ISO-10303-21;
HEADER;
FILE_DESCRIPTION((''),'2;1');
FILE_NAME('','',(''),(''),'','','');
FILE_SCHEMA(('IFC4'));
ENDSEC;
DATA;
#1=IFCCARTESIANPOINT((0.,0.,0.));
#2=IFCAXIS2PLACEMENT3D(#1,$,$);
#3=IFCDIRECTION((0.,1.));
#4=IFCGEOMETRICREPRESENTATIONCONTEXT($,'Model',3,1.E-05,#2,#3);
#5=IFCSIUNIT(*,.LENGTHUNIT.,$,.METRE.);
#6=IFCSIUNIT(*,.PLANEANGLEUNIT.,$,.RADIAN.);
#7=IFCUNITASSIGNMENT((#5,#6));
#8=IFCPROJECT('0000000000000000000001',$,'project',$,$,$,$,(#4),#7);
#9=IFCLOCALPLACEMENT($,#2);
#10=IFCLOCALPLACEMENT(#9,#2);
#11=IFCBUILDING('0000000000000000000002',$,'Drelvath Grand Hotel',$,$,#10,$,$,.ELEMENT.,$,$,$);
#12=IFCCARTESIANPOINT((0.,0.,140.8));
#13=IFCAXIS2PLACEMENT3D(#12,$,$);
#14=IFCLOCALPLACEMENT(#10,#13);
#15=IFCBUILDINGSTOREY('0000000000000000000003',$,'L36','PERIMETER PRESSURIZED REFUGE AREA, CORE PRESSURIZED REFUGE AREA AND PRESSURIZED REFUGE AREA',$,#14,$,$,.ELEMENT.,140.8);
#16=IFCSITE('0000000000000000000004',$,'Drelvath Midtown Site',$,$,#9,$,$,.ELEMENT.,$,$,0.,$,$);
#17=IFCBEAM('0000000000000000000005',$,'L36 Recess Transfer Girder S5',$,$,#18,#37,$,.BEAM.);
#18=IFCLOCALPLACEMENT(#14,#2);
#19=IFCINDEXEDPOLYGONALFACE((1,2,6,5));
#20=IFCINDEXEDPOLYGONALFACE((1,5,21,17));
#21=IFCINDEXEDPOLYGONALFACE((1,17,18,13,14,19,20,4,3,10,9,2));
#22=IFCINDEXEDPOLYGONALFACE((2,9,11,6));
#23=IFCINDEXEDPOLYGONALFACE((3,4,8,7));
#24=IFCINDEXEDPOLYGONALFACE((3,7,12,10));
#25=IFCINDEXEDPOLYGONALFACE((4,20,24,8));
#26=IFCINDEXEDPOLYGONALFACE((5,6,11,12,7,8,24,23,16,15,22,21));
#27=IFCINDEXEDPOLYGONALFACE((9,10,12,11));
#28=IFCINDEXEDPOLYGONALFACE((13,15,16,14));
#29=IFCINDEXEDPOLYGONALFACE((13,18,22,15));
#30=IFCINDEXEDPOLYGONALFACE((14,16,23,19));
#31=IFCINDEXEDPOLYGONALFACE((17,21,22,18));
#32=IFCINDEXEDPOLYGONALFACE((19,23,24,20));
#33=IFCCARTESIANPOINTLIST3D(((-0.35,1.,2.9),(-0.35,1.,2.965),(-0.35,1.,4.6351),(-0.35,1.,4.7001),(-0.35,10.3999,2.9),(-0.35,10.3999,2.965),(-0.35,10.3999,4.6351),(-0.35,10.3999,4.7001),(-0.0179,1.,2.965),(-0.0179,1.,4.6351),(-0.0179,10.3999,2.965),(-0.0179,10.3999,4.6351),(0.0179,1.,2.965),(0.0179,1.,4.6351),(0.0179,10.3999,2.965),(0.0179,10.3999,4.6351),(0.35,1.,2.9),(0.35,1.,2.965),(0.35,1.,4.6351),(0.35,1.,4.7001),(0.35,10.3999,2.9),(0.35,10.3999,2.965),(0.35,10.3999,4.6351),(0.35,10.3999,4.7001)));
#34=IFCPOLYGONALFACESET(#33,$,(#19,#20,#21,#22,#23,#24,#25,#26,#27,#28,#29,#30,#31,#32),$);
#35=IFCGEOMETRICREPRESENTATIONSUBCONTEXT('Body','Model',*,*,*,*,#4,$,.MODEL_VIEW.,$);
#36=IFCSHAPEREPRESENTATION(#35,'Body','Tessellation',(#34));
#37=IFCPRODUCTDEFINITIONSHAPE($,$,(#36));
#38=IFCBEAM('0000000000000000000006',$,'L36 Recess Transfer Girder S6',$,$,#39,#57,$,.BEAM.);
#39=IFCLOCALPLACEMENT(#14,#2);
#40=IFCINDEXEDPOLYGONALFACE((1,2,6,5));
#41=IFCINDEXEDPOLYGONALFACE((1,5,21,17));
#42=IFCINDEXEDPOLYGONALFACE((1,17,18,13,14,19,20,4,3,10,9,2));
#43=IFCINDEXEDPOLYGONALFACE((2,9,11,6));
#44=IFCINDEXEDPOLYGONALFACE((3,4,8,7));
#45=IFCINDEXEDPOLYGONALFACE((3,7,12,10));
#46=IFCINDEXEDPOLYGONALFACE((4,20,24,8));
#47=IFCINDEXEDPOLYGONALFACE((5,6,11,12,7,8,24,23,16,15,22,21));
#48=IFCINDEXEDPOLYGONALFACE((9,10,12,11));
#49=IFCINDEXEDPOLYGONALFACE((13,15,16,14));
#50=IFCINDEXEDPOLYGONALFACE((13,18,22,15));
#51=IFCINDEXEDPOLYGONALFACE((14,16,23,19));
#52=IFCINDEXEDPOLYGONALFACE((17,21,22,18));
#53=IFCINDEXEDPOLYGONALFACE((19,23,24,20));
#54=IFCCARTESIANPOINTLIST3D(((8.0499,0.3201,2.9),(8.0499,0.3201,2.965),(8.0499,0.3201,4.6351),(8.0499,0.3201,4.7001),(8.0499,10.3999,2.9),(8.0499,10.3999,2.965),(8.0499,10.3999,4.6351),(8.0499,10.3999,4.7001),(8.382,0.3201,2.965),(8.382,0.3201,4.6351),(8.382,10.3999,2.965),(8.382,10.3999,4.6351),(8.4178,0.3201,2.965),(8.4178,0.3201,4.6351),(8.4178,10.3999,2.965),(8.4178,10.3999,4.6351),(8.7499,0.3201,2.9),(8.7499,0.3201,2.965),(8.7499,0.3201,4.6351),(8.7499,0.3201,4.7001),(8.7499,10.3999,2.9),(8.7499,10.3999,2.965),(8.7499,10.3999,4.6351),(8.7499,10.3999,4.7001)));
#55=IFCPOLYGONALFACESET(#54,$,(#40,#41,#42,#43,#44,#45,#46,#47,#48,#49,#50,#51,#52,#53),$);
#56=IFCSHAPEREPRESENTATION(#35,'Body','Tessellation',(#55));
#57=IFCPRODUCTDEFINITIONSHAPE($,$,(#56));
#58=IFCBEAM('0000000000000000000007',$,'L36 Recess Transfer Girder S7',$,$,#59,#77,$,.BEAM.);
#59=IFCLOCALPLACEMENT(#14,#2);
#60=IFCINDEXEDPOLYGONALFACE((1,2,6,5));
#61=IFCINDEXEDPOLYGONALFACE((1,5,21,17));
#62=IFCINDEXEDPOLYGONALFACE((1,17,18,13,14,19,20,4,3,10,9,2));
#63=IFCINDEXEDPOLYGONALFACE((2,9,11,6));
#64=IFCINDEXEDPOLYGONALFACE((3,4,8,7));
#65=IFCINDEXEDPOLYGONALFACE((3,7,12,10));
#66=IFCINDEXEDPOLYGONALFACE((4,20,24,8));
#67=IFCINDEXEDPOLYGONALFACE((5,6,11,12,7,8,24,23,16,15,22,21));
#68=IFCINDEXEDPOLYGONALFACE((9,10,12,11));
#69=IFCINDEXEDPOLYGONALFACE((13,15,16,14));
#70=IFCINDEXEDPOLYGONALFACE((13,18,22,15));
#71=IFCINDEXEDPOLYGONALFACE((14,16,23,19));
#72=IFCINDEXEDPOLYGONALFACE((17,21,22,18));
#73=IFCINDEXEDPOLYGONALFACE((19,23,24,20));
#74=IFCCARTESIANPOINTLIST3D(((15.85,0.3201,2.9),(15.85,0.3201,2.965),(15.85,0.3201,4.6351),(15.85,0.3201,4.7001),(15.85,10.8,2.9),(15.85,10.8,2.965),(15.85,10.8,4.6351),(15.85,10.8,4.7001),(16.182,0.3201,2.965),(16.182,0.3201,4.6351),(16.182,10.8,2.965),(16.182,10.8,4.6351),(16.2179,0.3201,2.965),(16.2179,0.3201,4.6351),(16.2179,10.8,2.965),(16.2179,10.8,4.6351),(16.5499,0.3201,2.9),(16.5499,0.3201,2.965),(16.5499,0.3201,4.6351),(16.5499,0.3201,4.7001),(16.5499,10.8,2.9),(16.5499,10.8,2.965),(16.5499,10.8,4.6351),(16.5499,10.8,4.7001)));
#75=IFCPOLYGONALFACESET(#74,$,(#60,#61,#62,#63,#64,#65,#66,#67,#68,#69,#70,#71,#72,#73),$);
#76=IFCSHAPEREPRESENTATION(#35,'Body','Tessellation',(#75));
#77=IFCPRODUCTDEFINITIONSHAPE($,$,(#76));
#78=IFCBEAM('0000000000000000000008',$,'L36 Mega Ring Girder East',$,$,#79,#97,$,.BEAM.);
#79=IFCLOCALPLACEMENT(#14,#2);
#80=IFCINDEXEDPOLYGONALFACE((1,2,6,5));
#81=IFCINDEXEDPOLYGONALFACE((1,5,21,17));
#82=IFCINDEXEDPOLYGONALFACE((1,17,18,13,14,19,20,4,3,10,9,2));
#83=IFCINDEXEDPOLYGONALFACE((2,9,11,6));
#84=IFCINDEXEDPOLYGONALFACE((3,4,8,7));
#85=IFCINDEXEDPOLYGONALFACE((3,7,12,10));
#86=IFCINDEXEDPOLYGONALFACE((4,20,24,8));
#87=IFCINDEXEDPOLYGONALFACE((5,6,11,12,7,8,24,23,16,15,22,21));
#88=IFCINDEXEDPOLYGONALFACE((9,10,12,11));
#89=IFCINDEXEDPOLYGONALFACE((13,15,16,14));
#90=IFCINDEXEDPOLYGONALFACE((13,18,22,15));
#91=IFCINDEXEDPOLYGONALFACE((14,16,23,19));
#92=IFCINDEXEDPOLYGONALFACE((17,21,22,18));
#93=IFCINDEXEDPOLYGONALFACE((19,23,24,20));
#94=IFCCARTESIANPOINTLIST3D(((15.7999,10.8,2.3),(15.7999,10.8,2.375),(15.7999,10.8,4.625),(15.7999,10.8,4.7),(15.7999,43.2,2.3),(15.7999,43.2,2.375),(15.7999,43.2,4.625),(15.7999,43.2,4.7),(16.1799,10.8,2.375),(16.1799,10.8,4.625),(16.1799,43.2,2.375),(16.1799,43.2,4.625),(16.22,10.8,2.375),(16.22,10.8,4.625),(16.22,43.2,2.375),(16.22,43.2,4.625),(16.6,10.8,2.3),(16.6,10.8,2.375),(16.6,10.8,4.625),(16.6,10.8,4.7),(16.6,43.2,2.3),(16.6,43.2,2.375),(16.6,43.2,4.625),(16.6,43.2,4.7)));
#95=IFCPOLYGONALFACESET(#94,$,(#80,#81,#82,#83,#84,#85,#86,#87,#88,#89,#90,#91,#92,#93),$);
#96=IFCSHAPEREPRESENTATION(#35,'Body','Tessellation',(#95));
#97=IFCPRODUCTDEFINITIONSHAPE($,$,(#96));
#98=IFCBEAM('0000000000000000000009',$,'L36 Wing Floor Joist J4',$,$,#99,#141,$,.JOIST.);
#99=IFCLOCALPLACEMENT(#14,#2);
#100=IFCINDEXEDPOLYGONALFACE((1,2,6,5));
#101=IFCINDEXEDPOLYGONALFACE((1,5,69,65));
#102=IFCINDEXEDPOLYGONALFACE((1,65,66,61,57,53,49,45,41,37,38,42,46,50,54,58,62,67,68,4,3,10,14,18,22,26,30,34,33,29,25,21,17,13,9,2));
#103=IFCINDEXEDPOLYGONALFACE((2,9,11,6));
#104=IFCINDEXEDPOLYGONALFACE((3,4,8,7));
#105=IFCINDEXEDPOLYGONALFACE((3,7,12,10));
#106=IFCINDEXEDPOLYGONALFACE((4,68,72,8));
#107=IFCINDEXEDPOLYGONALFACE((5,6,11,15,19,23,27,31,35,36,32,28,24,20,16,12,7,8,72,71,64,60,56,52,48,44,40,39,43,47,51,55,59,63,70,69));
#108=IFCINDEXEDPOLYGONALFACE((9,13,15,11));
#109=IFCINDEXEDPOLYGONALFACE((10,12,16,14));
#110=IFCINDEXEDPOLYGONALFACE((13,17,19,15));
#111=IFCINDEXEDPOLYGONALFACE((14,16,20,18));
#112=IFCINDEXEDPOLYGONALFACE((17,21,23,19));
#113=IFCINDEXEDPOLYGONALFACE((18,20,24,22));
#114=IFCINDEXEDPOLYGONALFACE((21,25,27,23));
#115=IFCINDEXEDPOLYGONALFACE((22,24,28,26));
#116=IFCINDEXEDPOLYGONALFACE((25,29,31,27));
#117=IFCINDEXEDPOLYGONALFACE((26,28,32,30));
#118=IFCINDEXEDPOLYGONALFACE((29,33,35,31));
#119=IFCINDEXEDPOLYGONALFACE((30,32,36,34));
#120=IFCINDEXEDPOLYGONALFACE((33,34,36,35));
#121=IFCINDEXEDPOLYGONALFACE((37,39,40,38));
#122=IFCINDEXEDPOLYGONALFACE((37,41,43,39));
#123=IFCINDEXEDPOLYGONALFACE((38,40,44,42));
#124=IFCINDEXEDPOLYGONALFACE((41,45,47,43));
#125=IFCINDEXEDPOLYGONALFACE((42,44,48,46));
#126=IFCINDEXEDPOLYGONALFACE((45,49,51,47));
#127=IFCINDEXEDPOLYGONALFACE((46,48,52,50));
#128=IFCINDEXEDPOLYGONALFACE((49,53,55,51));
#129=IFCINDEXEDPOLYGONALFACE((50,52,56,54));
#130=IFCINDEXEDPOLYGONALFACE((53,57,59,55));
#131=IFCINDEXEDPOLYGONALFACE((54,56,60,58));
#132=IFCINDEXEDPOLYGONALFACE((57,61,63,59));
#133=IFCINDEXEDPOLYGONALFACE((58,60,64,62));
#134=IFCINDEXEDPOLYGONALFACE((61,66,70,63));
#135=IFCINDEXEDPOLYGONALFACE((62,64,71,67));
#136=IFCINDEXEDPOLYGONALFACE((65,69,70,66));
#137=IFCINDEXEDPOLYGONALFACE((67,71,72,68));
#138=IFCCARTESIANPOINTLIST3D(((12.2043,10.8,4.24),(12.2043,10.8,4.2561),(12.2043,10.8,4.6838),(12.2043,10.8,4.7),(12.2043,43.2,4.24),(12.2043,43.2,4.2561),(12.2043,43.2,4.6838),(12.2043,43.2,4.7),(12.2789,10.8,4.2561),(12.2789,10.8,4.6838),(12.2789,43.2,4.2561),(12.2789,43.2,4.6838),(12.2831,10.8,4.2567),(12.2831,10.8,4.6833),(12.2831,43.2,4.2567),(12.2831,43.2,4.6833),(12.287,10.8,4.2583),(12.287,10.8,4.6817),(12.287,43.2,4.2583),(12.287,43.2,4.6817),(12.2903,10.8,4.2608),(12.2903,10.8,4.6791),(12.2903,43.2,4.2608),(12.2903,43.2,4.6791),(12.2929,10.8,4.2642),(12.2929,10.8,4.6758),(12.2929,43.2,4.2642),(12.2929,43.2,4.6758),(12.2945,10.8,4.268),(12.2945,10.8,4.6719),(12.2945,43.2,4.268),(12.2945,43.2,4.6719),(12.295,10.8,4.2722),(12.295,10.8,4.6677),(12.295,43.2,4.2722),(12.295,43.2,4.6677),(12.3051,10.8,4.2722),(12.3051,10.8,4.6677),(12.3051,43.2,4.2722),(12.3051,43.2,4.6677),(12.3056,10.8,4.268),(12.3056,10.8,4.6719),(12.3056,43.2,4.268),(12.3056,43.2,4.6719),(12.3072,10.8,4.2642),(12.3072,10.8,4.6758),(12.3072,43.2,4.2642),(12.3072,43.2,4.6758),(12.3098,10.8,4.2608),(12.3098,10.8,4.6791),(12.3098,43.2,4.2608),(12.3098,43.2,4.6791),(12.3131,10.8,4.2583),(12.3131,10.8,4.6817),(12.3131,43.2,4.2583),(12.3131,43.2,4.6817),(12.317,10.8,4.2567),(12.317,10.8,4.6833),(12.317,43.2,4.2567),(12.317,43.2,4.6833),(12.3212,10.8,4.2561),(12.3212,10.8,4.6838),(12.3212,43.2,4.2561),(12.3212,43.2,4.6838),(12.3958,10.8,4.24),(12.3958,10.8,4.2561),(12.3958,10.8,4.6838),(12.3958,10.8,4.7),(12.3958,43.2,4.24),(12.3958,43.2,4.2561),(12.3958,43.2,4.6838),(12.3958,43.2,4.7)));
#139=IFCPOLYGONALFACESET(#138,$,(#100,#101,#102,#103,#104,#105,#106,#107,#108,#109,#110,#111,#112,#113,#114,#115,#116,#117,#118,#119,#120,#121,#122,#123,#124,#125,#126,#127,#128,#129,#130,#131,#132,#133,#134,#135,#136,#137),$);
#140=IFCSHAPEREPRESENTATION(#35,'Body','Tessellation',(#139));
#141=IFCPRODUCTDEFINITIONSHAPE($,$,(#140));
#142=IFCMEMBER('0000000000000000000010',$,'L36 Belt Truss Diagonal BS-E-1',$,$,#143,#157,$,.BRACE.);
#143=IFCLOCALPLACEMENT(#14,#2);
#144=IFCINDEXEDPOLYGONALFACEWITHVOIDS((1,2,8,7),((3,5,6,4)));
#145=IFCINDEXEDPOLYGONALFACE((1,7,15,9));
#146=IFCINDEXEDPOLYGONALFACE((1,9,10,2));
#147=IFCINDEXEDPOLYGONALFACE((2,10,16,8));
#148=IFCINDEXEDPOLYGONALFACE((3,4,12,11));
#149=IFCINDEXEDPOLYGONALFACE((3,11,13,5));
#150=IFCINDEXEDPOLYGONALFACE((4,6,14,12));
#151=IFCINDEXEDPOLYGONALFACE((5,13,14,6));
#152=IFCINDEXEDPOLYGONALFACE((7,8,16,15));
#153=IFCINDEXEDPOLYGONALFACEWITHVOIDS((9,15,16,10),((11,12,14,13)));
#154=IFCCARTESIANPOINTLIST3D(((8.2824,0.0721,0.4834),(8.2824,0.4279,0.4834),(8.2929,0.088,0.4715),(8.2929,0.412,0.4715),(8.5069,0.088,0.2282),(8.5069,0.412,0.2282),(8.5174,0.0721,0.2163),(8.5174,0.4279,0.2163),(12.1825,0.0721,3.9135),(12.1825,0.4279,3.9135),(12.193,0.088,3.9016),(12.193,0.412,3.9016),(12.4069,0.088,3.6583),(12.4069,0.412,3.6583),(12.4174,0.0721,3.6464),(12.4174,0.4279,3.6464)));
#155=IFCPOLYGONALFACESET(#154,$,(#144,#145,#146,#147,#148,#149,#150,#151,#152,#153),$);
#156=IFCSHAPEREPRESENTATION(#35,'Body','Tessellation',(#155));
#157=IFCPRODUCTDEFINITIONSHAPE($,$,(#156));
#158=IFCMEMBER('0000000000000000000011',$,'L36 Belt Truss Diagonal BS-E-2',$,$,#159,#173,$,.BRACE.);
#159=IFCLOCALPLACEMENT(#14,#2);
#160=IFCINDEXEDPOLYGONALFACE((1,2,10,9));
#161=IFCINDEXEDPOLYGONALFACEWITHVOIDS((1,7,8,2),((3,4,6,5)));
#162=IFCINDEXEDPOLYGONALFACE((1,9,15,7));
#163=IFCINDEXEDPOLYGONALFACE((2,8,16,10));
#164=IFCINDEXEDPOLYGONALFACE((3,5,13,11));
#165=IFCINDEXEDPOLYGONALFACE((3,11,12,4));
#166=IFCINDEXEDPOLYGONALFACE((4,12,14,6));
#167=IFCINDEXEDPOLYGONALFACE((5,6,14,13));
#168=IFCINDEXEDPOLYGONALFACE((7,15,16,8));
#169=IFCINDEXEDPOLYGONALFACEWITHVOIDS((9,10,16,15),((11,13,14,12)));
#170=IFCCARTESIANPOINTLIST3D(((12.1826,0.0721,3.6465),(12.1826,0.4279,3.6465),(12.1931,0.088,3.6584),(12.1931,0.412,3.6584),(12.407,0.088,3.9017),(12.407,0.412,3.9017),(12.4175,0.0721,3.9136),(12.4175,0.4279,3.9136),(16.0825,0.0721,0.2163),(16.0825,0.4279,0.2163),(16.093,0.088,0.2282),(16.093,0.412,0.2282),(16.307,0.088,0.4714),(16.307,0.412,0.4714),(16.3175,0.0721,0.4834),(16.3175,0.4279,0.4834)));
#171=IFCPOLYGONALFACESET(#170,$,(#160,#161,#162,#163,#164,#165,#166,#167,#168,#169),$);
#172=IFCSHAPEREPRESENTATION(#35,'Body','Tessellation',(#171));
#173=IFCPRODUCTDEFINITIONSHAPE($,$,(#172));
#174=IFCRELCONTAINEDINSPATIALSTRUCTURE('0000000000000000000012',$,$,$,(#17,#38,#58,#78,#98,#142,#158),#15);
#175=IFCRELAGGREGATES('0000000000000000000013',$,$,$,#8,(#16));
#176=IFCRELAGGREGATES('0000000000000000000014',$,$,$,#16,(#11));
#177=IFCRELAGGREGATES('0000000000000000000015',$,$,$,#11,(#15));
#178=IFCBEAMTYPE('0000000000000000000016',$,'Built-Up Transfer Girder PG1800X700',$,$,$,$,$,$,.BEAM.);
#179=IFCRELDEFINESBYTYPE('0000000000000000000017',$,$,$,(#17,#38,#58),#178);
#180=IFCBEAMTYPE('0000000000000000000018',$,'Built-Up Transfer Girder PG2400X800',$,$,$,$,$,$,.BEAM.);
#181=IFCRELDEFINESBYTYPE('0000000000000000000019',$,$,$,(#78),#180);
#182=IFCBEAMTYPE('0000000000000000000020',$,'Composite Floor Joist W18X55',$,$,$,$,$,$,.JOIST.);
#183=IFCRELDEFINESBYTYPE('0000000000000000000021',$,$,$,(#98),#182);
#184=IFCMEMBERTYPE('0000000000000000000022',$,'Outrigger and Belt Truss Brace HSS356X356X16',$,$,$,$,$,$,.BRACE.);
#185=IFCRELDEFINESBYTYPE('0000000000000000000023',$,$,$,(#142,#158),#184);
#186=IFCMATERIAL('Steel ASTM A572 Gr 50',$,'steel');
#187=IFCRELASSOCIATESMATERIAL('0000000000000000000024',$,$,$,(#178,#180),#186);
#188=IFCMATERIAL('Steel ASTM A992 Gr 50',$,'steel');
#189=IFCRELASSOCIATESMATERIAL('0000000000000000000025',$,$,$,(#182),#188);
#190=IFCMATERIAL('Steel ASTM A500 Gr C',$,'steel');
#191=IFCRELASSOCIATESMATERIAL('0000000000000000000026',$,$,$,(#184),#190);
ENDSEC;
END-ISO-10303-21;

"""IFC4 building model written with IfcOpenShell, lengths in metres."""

from ifc_helpers import new_model, si_unit, direction, frame, origin, origin_2d, place, context, subcontext, project, spatial, hollow_rectangle, i_section, extrude, material, material_profile, profile_set, type_object, element, save


model = new_model("IFC4")

# Units and contexts
model_context = context("Model", 3, precision=1e-05, world=origin(), true_north=direction((0.0, 1.0)))
body_context = subcontext(model_context, "Body", "Model", "MODEL_VIEW")
ifc_project = project(units=[si_unit("LENGTHUNIT", "METRE"), si_unit("PLANEANGLEUNIT", "RADIAN")], contexts=[model_context])

# Site, building, storey
site_placement = place(None, origin())
site = spatial("IfcSite", under=ifc_project, at=site_placement, Name="Drelvath Midtown Site", CompositionType="ELEMENT", RefElevation=0.0)
building_placement = place(site_placement, origin())
building = spatial("IfcBuilding", under=site, at=building_placement, Name="Drelvath Grand Hotel", CompositionType="ELEMENT")
storey_placement = place(building_placement, frame((0.0, 0.0, 140.8)))
storey = spatial("IfcBuildingStorey", under=building, at=storey_placement, Name="L36", Description="PERIMETER PRESSURIZED REFUGE AREA, CORE PRESSURIZED REFUGE AREA AND PRESSURIZED REFUGE AREA", CompositionType="ELEMENT", Elevation=140.8)

# Beams
ifc_material_1 = material(Name="Steel ASTM A572 Gr 50", Category="steel")
ifc_material_profile_1 = material_profile(ifc_material_1, i_section(OverallWidth=0.7, OverallDepth=1.8, WebThickness=0.0359, FlangeThickness=0.0649, at=origin_2d()), Name="PG1800X700")
ifc_profile_set_1 = profile_set([ifc_material_profile_1], Name="Steel ASTM A572 Gr 50")
beam_type_1 = type_object("IfcBeamType", Name="Built-Up Transfer Girder PG1800X700", PredefinedType="BEAM", material=ifc_profile_set_1)
beam_1_placement = place(storey_placement, frame((0.0, 1.0, 3.8), z_axis=(0.0, 1.0, 0.0), x_axis=(-1.0, 0.0, 0.0)))
element("IfcBeam", 1, at=beam_1_placement, inside=storey, type_object=beam_type_1, Name="L36 Recess Transfer Girder S5", PredefinedType="BEAM", context=body_context, shape_type="SweptSolid", body=[
    extrude(i_section(OverallWidth=0.7, OverallDepth=1.8, WebThickness=0.0359, FlangeThickness=0.0649, at=origin_2d()), origin(), (0.0, 0.0, 1.0), 9.3999),
])
beam_2_placement = place(storey_placement, frame((8.3999, 0.3201, 3.8), z_axis=(0.0, 1.0, 0.0), x_axis=(-1.0, 0.0, 0.0)))
element("IfcBeam", 2, at=beam_2_placement, inside=storey, type_object=beam_type_1, Name="L36 Recess Transfer Girder S6", PredefinedType="BEAM", context=body_context, shape_type="SweptSolid", body=[
    extrude(i_section(OverallWidth=0.7, OverallDepth=1.8, WebThickness=0.0359, FlangeThickness=0.0649, at=origin_2d()), origin(), (0.0, 0.0, 1.0), 10.0798),
])
beam_3_placement = place(storey_placement, frame((16.2, 0.3201, 3.8), z_axis=(0.0, 1.0, 0.0), x_axis=(-1.0, 0.0, 0.0)))
element("IfcBeam", 3, at=beam_3_placement, inside=storey, type_object=beam_type_1, Name="L36 Recess Transfer Girder S7", PredefinedType="BEAM", context=body_context, shape_type="SweptSolid", body=[
    extrude(i_section(OverallWidth=0.7, OverallDepth=1.8, WebThickness=0.0359, FlangeThickness=0.0649, at=origin_2d()), origin(), (0.0, 0.0, 1.0), 10.48),
])
ifc_material_profile_2 = material_profile(ifc_material_1, i_section(OverallWidth=0.8, OverallDepth=2.3999, WebThickness=0.04, FlangeThickness=0.075, at=origin_2d()), Name="PG2400X800")
ifc_profile_set_2 = profile_set([ifc_material_profile_2], Name="Steel ASTM A572 Gr 50")
beam_type_2 = type_object("IfcBeamType", Name="Built-Up Transfer Girder PG2400X800", PredefinedType="BEAM", material=ifc_profile_set_2)
beam_4_placement = place(storey_placement, frame((16.2, 10.8, 3.5), z_axis=(0.0, 1.0, 0.0), x_axis=(-1.0, 0.0, 0.0)))
element("IfcBeam", 4, at=beam_4_placement, inside=storey, type_object=beam_type_2, Name="L36 Mega Ring Girder East", PredefinedType="BEAM", context=body_context, shape_type="SweptSolid", body=[
    extrude(i_section(OverallWidth=0.8, OverallDepth=2.3999, WebThickness=0.04, FlangeThickness=0.075, at=origin_2d()), origin(), (0.0, 0.0, 1.0), 32.3999),
])
ifc_material_2 = material(Name="Steel ASTM A992 Gr 50", Category="steel")
ifc_material_profile_3 = material_profile(ifc_material_2, i_section(OverallWidth=0.1914, OverallDepth=0.46, WebThickness=0.01, FlangeThickness=0.0161, FilletRadius=0.0161, at=origin_2d()), Name="W18X55")
ifc_profile_set_3 = profile_set([ifc_material_profile_3], Name="Steel ASTM A992 Gr 50")
beam_type_3 = type_object("IfcBeamType", Name="Composite Floor Joist W18X55", PredefinedType="JOIST", material=ifc_profile_set_3)
beam_5_placement = place(storey_placement, frame((12.3, 10.8, 4.47), z_axis=(0.0, 1.0, 0.0), x_axis=(-1.0, 0.0, 0.0)))
element("IfcBeam", 5, at=beam_5_placement, inside=storey, type_object=beam_type_3, Name="L36 Wing Floor Joist J4", PredefinedType="JOIST", context=body_context, shape_type="SweptSolid", body=[
    extrude(i_section(OverallWidth=0.1914, OverallDepth=0.46, WebThickness=0.01, FlangeThickness=0.0161, FilletRadius=0.0161, at=origin_2d()), origin(), (0.0, 0.0, 1.0), 32.3999),
])

# Members
ifc_material_3 = material(Name="Steel ASTM A500 Gr C", Category="steel")
ifc_material_profile_4 = material_profile(ifc_material_3, hollow_rectangle(XDim=0.3557, YDim=0.3557, WallThickness=0.0159, at=origin_2d()), Name="HSS356X356X16")
ifc_profile_set_4 = profile_set([ifc_material_profile_4], Name="Steel ASTM A500 Gr C")
member_type_1 = type_object("IfcMemberType", Name="Outrigger and Belt Truss Brace HSS356X356X16", PredefinedType="BRACE", material=ifc_profile_set_4)
for number, where, z_axis, x_axis, name in (
    (6, (8.3999, 0.25, 0.3499), (0.7509, 0.0, 0.660416), (0.0, 1.0, 0.0), "L36 Belt Truss Diagonal BS-E-1"),
    (7, (12.3, 0.25, 3.78), (0.750879, 0.0, -0.660439), (0.0, 1.0, 0.0), "L36 Belt Truss Diagonal BS-E-2"),
):
    element("IfcMember", number, at=place(storey_placement, frame(where, z_axis=z_axis, x_axis=x_axis)), inside=storey, type_object=member_type_1, Name=name, PredefinedType="BRACE", context=body_context, shape_type="SweptSolid", body=[
        extrude(hollow_rectangle(XDim=0.3557, YDim=0.3557, WallThickness=0.0159, at=origin_2d()), origin(), (0.0, 0.0, 1.0), 5.1938),
    ])

save(model, "model.ifc")
